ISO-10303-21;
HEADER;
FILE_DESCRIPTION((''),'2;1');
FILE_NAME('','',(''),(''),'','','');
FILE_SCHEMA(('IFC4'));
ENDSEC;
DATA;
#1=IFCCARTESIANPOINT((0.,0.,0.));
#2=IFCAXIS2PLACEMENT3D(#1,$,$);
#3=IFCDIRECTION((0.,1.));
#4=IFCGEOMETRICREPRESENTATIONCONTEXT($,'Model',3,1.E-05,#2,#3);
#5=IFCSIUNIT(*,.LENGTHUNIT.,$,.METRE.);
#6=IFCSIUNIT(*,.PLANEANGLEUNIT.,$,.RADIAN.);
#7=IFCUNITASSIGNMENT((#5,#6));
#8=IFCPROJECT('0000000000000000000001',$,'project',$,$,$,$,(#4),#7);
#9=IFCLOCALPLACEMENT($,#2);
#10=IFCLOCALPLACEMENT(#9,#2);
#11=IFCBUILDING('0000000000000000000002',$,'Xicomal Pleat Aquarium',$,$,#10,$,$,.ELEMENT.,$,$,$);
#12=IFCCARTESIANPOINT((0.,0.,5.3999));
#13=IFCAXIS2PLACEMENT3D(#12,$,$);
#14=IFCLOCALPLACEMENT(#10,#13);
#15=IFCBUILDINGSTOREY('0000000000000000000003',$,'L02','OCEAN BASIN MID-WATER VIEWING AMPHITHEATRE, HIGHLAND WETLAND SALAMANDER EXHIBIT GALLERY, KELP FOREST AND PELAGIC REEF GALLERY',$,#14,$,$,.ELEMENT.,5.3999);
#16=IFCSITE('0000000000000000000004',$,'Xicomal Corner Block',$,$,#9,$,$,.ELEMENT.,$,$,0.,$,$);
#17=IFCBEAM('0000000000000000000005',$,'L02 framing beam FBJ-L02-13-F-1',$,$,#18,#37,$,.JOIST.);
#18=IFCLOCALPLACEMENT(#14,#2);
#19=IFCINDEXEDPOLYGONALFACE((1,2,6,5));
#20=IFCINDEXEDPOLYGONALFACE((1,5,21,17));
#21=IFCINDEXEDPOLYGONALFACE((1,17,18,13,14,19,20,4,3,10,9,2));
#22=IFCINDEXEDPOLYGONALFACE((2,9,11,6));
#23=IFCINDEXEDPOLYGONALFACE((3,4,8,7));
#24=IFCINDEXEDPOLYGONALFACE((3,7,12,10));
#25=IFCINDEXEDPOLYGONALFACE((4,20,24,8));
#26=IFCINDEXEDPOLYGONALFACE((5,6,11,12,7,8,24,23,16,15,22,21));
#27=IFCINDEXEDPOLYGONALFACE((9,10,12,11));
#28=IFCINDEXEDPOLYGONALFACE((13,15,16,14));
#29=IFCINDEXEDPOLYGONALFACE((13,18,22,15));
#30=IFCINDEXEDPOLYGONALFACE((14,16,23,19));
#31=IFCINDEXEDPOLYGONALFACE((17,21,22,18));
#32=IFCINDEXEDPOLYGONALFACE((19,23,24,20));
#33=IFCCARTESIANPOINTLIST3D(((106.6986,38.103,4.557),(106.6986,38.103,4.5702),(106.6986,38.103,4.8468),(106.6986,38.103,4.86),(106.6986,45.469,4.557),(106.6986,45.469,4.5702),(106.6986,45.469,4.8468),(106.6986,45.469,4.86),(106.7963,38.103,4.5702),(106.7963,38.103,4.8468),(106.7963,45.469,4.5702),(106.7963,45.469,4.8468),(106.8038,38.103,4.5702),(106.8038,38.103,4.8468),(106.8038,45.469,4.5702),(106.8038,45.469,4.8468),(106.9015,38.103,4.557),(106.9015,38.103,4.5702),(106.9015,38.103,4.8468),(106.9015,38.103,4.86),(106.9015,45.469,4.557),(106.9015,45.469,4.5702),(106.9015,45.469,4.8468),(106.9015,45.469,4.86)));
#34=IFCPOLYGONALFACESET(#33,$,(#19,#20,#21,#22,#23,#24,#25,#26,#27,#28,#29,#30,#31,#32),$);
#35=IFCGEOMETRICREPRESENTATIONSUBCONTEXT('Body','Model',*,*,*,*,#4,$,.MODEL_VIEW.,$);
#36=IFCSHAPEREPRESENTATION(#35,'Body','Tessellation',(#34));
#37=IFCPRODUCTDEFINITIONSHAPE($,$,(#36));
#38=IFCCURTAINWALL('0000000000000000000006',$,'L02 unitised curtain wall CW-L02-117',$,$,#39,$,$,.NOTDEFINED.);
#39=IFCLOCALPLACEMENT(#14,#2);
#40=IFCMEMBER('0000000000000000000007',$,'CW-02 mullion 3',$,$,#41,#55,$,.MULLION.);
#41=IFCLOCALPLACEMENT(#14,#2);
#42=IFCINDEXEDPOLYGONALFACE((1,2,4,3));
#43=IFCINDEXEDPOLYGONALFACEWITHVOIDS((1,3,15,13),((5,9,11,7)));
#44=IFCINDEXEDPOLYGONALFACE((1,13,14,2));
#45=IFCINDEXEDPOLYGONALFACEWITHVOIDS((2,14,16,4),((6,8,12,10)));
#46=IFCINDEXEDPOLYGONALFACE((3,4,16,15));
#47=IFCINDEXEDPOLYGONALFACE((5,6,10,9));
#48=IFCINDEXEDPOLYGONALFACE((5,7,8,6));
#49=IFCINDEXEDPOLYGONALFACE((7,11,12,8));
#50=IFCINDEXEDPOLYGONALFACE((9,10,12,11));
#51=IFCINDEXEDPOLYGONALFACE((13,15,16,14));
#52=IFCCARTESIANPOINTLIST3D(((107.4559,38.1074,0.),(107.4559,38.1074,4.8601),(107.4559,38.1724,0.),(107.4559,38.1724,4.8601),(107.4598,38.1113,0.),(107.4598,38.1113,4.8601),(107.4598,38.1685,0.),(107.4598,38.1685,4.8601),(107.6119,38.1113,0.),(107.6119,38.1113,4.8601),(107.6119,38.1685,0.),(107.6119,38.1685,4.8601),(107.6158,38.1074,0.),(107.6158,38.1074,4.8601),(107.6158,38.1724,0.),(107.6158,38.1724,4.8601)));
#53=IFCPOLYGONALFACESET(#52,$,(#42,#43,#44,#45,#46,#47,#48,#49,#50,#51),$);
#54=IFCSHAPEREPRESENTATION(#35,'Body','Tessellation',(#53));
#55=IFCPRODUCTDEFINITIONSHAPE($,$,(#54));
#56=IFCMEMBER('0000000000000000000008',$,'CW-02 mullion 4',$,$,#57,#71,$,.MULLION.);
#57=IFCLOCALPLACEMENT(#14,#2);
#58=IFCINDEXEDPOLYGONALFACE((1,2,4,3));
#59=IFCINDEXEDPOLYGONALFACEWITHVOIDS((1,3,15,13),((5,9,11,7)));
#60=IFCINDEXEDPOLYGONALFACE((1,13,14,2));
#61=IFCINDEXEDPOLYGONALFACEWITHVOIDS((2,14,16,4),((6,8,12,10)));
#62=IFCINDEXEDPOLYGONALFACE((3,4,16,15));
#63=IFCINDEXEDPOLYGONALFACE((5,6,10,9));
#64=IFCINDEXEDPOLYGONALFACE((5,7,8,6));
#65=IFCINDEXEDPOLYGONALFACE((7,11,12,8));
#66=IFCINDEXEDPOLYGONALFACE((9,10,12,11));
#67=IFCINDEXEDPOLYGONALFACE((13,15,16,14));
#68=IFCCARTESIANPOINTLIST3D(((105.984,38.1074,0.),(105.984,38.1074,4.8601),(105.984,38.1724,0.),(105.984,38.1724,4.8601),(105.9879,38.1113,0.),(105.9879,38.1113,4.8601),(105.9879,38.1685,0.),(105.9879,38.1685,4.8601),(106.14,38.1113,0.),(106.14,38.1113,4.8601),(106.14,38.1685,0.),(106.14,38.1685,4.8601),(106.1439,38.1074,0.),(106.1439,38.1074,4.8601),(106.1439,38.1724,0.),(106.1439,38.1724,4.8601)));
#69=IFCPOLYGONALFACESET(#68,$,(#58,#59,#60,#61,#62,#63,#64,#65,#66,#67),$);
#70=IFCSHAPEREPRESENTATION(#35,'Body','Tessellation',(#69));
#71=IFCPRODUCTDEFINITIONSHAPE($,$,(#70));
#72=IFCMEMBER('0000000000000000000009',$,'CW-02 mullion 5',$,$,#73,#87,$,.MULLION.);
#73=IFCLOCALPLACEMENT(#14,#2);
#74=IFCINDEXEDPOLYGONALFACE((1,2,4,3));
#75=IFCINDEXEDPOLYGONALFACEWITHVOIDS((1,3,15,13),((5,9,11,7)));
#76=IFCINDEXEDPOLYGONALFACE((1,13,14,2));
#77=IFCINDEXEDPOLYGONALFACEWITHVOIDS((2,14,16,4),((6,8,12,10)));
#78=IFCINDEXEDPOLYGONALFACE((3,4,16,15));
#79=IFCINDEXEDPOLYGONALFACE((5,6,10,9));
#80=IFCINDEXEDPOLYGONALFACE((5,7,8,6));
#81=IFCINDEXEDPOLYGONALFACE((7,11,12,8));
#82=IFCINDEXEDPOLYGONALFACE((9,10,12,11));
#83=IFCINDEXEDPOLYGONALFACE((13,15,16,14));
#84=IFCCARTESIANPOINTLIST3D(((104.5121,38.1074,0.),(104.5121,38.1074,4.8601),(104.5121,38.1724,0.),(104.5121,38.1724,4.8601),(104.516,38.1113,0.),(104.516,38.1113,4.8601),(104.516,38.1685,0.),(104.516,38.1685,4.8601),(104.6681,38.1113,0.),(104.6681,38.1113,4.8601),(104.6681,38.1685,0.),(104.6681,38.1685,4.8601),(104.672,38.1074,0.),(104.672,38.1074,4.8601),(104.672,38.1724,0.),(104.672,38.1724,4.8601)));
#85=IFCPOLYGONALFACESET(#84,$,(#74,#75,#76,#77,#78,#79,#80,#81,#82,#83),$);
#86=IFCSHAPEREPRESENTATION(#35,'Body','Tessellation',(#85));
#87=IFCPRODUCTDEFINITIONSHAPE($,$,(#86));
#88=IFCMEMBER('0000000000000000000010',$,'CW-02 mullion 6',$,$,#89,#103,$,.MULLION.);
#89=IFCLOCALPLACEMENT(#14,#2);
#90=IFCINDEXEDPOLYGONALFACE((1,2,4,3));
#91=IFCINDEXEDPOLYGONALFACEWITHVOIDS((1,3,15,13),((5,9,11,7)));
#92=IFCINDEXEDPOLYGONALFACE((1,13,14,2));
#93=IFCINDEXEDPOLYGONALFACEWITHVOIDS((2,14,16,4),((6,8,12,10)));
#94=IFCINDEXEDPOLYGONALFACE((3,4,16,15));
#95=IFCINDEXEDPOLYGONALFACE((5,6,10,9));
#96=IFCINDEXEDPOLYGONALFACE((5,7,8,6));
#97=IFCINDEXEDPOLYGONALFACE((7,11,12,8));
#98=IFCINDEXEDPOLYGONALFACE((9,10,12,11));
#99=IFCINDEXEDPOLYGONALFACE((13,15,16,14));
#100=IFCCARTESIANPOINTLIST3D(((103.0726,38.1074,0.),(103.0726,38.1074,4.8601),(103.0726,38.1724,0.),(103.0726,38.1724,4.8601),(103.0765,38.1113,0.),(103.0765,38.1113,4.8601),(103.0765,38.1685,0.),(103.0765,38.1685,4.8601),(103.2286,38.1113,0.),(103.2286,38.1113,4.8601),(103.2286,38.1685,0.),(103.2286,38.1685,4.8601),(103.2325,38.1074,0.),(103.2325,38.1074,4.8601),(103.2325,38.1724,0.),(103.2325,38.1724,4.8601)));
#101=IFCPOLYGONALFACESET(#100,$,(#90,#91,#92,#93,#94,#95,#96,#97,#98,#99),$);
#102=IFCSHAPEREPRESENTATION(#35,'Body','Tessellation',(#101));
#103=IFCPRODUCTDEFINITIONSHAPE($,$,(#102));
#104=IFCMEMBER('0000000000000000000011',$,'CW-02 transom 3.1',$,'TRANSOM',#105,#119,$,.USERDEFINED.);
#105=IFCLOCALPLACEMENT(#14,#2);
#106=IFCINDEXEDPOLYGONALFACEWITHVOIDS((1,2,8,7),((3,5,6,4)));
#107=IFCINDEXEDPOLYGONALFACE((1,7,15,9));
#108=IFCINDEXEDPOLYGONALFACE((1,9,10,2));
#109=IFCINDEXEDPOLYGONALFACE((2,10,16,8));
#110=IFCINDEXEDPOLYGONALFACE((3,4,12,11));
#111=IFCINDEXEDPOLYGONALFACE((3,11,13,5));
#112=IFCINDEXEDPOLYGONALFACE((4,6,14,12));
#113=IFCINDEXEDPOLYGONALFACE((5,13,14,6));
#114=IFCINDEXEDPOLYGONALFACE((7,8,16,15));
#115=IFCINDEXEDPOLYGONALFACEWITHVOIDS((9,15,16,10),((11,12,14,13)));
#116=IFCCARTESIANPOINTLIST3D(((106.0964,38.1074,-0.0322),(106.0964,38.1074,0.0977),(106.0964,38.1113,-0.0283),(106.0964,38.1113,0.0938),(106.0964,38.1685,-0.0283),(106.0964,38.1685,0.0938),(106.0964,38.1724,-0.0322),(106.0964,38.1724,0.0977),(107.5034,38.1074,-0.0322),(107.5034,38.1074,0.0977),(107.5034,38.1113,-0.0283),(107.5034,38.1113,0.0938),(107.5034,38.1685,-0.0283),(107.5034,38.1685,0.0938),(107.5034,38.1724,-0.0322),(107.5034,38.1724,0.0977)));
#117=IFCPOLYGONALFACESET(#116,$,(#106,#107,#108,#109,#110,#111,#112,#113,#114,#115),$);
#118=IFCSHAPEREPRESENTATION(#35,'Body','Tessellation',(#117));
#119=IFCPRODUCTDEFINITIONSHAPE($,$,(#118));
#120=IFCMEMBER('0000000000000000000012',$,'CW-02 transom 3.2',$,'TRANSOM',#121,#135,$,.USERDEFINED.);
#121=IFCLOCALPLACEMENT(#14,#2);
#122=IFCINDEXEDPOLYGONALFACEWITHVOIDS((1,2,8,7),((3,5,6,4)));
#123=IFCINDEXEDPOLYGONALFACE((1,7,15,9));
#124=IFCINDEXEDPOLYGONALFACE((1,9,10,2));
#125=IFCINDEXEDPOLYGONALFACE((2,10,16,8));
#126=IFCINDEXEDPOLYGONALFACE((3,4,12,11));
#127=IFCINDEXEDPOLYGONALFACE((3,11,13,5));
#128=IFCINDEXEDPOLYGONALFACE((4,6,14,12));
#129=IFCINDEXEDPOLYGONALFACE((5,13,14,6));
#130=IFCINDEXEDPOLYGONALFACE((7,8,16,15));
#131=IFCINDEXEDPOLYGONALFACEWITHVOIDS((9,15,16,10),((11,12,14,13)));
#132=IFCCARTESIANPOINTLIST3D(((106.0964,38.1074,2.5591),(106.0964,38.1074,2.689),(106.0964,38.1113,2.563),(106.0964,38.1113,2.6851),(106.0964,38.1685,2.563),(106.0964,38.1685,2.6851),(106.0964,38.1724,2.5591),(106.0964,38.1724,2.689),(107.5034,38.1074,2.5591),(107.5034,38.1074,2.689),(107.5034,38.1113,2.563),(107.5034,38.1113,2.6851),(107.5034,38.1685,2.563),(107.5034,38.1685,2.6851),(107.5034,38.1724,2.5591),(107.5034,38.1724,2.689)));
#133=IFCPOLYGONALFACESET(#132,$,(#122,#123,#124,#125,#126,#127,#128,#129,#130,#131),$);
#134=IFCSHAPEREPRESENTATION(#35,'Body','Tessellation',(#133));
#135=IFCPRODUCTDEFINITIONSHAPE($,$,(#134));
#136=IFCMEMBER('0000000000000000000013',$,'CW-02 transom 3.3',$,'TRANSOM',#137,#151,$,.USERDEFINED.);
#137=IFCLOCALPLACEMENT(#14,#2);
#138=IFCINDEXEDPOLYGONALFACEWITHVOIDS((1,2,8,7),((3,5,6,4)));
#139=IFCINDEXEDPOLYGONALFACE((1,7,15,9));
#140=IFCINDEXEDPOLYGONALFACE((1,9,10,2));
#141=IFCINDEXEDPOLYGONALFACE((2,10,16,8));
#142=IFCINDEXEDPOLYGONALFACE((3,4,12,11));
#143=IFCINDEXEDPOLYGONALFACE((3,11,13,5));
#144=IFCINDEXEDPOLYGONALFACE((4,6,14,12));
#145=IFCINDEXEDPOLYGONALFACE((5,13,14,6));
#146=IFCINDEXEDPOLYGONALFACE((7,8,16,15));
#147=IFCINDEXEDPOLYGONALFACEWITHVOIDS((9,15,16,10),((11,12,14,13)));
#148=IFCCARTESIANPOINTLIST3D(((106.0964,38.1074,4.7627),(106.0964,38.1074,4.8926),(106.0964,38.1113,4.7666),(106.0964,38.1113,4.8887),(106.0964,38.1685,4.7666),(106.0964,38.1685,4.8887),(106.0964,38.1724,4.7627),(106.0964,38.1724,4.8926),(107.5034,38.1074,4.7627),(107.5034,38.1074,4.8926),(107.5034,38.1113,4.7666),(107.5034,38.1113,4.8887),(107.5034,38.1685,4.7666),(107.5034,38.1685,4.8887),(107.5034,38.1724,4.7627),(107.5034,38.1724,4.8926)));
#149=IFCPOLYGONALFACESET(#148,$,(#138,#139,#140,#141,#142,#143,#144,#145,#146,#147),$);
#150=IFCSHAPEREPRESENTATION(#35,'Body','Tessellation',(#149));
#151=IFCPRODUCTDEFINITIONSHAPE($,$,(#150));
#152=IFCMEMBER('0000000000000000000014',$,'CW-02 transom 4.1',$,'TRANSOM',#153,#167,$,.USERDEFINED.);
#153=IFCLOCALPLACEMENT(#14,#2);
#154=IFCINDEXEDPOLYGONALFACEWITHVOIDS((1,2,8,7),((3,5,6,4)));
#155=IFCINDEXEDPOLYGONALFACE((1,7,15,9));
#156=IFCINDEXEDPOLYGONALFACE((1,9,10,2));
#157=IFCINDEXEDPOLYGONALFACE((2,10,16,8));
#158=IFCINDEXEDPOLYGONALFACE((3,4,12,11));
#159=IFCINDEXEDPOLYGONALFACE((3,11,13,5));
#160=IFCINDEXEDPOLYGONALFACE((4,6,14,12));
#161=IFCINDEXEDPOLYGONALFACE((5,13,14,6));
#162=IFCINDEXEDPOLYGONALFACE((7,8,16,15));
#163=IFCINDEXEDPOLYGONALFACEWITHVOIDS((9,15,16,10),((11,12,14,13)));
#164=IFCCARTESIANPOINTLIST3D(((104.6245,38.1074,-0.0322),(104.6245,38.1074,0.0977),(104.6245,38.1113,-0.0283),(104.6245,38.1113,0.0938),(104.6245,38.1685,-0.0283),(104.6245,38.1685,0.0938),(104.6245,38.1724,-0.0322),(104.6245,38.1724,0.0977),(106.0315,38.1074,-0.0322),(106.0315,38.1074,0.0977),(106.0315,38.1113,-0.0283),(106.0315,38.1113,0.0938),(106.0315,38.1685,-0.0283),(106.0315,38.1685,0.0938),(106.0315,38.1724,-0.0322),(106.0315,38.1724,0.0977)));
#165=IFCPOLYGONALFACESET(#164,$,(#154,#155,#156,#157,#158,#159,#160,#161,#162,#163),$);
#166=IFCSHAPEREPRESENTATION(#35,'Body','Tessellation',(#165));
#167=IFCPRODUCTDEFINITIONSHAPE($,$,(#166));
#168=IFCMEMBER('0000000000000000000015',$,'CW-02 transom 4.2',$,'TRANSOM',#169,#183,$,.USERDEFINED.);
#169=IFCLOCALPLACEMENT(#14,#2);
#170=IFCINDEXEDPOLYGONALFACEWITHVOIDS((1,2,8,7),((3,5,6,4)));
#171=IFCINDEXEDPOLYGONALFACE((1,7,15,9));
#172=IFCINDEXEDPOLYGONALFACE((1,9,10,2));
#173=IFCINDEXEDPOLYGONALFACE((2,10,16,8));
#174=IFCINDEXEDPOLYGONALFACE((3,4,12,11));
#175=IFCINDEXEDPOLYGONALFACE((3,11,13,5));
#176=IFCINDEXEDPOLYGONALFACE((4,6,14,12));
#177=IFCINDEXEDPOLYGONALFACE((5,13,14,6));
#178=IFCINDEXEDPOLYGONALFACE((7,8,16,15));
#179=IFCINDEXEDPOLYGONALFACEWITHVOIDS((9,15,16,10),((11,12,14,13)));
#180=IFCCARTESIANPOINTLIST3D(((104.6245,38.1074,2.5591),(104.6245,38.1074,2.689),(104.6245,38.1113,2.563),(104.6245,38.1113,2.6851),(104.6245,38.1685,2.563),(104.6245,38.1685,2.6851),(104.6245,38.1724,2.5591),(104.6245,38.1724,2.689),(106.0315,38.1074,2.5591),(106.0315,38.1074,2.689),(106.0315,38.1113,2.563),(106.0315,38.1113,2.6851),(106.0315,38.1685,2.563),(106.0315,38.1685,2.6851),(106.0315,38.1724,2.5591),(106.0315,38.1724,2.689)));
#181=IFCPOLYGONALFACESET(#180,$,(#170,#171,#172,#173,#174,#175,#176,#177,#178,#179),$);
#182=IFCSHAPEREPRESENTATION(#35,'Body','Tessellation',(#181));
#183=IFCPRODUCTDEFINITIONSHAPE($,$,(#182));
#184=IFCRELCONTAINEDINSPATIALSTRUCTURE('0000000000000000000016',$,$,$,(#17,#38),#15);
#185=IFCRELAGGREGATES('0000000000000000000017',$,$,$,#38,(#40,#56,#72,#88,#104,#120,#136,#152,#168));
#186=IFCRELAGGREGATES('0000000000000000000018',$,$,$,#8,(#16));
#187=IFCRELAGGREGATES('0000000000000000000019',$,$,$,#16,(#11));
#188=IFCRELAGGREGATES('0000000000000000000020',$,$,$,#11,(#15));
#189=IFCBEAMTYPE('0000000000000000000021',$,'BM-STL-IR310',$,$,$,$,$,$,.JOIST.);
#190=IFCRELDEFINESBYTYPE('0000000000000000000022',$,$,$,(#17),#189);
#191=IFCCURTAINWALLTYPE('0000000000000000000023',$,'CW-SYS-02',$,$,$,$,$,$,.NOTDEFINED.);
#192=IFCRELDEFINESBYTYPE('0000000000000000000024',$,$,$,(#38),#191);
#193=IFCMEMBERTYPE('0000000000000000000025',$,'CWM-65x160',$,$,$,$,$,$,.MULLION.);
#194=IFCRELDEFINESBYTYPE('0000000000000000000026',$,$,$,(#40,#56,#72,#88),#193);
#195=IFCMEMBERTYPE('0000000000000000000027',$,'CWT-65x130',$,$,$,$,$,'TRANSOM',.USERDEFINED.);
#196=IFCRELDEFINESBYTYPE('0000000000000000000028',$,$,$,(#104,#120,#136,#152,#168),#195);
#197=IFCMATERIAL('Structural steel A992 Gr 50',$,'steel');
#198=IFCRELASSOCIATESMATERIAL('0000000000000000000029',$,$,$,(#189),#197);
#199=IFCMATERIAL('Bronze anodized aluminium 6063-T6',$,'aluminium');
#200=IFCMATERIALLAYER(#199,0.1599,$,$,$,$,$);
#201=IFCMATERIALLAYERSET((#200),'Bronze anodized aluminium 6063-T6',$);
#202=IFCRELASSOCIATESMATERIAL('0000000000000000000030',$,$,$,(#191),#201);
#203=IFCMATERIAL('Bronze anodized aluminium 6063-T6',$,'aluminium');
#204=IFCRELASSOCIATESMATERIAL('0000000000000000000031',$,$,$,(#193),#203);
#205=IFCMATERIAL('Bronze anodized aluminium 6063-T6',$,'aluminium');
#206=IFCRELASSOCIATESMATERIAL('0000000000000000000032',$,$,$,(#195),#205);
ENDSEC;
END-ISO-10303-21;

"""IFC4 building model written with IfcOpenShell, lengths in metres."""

from ifc_helpers import new_model, si_unit, direction, frame, origin, origin_2d, place, context, subcontext, project, spatial, hollow_rectangle, i_section, extrude, material, layer, layer_set, material_profile, profile_set, type_object, element, aggregate, save


model = new_model("IFC4")

# Units and contexts
model_context = context("Model", 3, precision=1e-05, world=origin(), true_north=direction((0.0, 1.0)))
body_context = subcontext(model_context, "Body", "Model", "MODEL_VIEW")
ifc_project = project(units=[si_unit("LENGTHUNIT", "METRE"), si_unit("PLANEANGLEUNIT", "RADIAN")], contexts=[model_context])

# Site, building, storey
site_placement = place(None, origin())
site = spatial("IfcSite", under=ifc_project, at=site_placement, Name="Xicomal Corner Block", CompositionType="ELEMENT", RefElevation=0.0)
building_placement = place(site_placement, origin())
building = spatial("IfcBuilding", under=site, at=building_placement, Name="Xicomal Pleat Aquarium", CompositionType="ELEMENT")
storey_placement = place(building_placement, frame((0.0, 0.0, 5.3999)))
storey = spatial("IfcBuildingStorey", under=building, at=storey_placement, Name="L02", Description="OCEAN BASIN MID-WATER VIEWING AMPHITHEATRE, HIGHLAND WETLAND SALAMANDER EXHIBIT GALLERY, KELP FOREST AND PELAGIC REEF GALLERY", CompositionType="ELEMENT", Elevation=5.3999)

# Beam
ifc_material_1 = material(Name="Structural steel A992 Gr 50", Category="steel")
ifc_material_profile_1 = material_profile(ifc_material_1, i_section(OverallWidth=0.2029, OverallDepth=0.303, WebThickness=0.0076, FlangeThickness=0.0132, at=origin_2d()), Name="IR 310x60")
ifc_profile_set_1 = profile_set([ifc_material_profile_1], Name="Structural steel A992 Gr 50")
beam_type = type_object("IfcBeamType", Name="BM-STL-IR310", PredefinedType="JOIST", material=ifc_profile_set_1)
beam_placement = place(storey_placement, frame((106.8, 38.103, 4.7085), z_axis=(0.0, 1.0, 0.0), x_axis=(-1.0, 0.0, 0.0)))
element("IfcBeam", 1, at=beam_placement, inside=storey, type_object=beam_type, Name="L02 framing beam FBJ-L02-13-F-1", PredefinedType="JOIST", context=body_context, shape_type="SweptSolid", body=[
    extrude(i_section(OverallWidth=0.2029, OverallDepth=0.303, WebThickness=0.0076, FlangeThickness=0.0132, at=origin_2d()), origin(), (0.0, 0.0, 1.0), 7.366),
])

# Curtain wall, members
ifc_material_2 = material(Name="Bronze anodized aluminium 6063-T6", Category="aluminium")
ifc_layer_1 = layer(ifc_material_2, 0.1599)
ifc_layer_set_1 = layer_set([ifc_layer_1], Name="Bronze anodized aluminium 6063-T6")
curtain_wall_type = type_object("IfcCurtainWallType", Name="CW-SYS-02", PredefinedType="NOTDEFINED", material=ifc_layer_set_1)
curtain_wall_placement = place(storey_placement, origin())
curtain_wall = element("IfcCurtainWall", 2, at=curtain_wall_placement, inside=storey, type_object=curtain_wall_type, Name="L02 unitised curtain wall CW-L02-117", PredefinedType="NOTDEFINED")
ifc_material_3 = material(Name="Bronze anodized aluminium 6063-T6", Category="aluminium")
ifc_material_profile_2 = material_profile(ifc_material_3, hollow_rectangle(XDim=0.0649, YDim=0.1599, WallThickness=0.0039, at=origin_2d()), Name="ALU MULL 65x160")
ifc_profile_set_2 = profile_set([ifc_material_profile_2], Name="Bronze anodized aluminium 6063-T6")
member_type_1 = type_object("IfcMemberType", Name="CWM-65x160", PredefinedType="MULLION", material=ifc_profile_set_2)
member_1_placement = place(storey_placement, frame((107.5359, 38.1399, 0.0), z_axis=(0.0, 0.0, 1.0), x_axis=(0.0, -1.0, 0.0)))
member_1 = element("IfcMember", 3, at=member_1_placement, type_object=member_type_1, Name="CW-02 mullion 3", PredefinedType="MULLION", context=body_context, shape_type="SweptSolid", body=[
    extrude(hollow_rectangle(XDim=0.0649, YDim=0.1599, WallThickness=0.0039, at=origin_2d()), origin(), (0.0, 0.0, 1.0), 4.8601),
])
member_2_placement = place(storey_placement, frame((106.064, 38.1399, 0.0), z_axis=(0.0, 0.0, 1.0), x_axis=(0.0, -1.0, 0.0)))
member_2 = element("IfcMember", 4, at=member_2_placement, type_object=member_type_1, Name="CW-02 mullion 4", PredefinedType="MULLION", context=body_context, shape_type="SweptSolid", body=[
    extrude(hollow_rectangle(XDim=0.0649, YDim=0.1599, WallThickness=0.0039, at=origin_2d()), origin(), (0.0, 0.0, 1.0), 4.8601),
])
member_3_placement = place(storey_placement, frame((104.592, 38.1399, 0.0), z_axis=(0.0, 0.0, 1.0), x_axis=(0.0, -1.0, 0.0)))
member_3 = element("IfcMember", 5, at=member_3_placement, type_object=member_type_1, Name="CW-02 mullion 5", PredefinedType="MULLION", context=body_context, shape_type="SweptSolid", body=[
    extrude(hollow_rectangle(XDim=0.0649, YDim=0.1599, WallThickness=0.0039, at=origin_2d()), origin(), (0.0, 0.0, 1.0), 4.8601),
])
member_4_placement = place(storey_placement, frame((103.1526, 38.1399, 0.0), z_axis=(0.0, 0.0, 1.0), x_axis=(0.0, -1.0, 0.0)))
member_4 = element("IfcMember", 6, at=member_4_placement, type_object=member_type_1, Name="CW-02 mullion 6", PredefinedType="MULLION", context=body_context, shape_type="SweptSolid", body=[
    extrude(hollow_rectangle(XDim=0.0649, YDim=0.1599, WallThickness=0.0039, at=origin_2d()), origin(), (0.0, 0.0, 1.0), 4.8601),
])
ifc_material_4 = material(Name="Bronze anodized aluminium 6063-T6", Category="aluminium")
ifc_material_profile_3 = material_profile(ifc_material_4, hollow_rectangle(XDim=0.0649, YDim=0.1299, WallThickness=0.0039, at=origin_2d()), Name="ALU TRAN 65x130")
ifc_profile_set_3 = profile_set([ifc_material_profile_3], Name="Bronze anodized aluminium 6063-T6")
member_type_2 = type_object("IfcMemberType", Name="CWT-65x130", ElementType="TRANSOM", PredefinedType="USERDEFINED", material=ifc_profile_set_3)
member_5_placement = place(storey_placement, frame((107.5034, 38.1399, 0.0327), z_axis=(-1.0, 0.0, 0.0), x_axis=(0.0, -1.0, 0.0)))
member_5 = element("IfcMember", 7, at=member_5_placement, type_object=member_type_2, Name="CW-02 transom 3.1", ObjectType="TRANSOM", PredefinedType="USERDEFINED", context=body_context, shape_type="SweptSolid", body=[
    extrude(hollow_rectangle(XDim=0.0649, YDim=0.1299, WallThickness=0.0039, at=origin_2d()), origin(), (0.0, 0.0, 1.0), 1.407),
])
member_6_placement = place(storey_placement, frame((107.5034, 38.1399, 2.624), z_axis=(-1.0, 0.0, 0.0), x_axis=(0.0, -1.0, 0.0)))
member_6 = element("IfcMember", 8, at=member_6_placement, type_object=member_type_2, Name="CW-02 transom 3.2", ObjectType="TRANSOM", PredefinedType="USERDEFINED", context=body_context, shape_type="SweptSolid", body=[
    extrude(hollow_rectangle(XDim=0.0649, YDim=0.1299, WallThickness=0.0039, at=origin_2d()), origin(), (0.0, 0.0, 1.0), 1.407),
])
member_7_placement = place(storey_placement, frame((107.5034, 38.1399, 4.8276), z_axis=(-1.0, 0.0, 0.0), x_axis=(0.0, -1.0, 0.0)))
member_7 = element("IfcMember", 9, at=member_7_placement, type_object=member_type_2, Name="CW-02 transom 3.3", ObjectType="TRANSOM", PredefinedType="USERDEFINED", context=body_context, shape_type="SweptSolid", body=[
    extrude(hollow_rectangle(XDim=0.0649, YDim=0.1299, WallThickness=0.0039, at=origin_2d()), origin(), (0.0, 0.0, 1.0), 1.407),
])
member_8_placement = place(storey_placement, frame((106.0315, 38.1399, 0.0327), z_axis=(-1.0, 0.0, 0.0), x_axis=(0.0, -1.0, 0.0)))
member_8 = element("IfcMember", 10, at=member_8_placement, type_object=member_type_2, Name="CW-02 transom 4.1", ObjectType="TRANSOM", PredefinedType="USERDEFINED", context=body_context, shape_type="SweptSolid", body=[
    extrude(hollow_rectangle(XDim=0.0649, YDim=0.1299, WallThickness=0.0039, at=origin_2d()), origin(), (0.0, 0.0, 1.0), 1.407),
])
member_9_placement = place(storey_placement, frame((106.0315, 38.1399, 2.624), z_axis=(-1.0, 0.0, 0.0), x_axis=(0.0, -1.0, 0.0)))
member_9 = element("IfcMember", 11, at=member_9_placement, type_object=member_type_2, Name="CW-02 transom 4.2", ObjectType="TRANSOM", PredefinedType="USERDEFINED", context=body_context, shape_type="SweptSolid", body=[
    extrude(hollow_rectangle(XDim=0.0649, YDim=0.1299, WallThickness=0.0039, at=origin_2d()), origin(), (0.0, 0.0, 1.0), 1.407),
])
aggregate(curtain_wall, [member_1, member_2, member_3, member_4, member_5, member_6, member_7, member_8, member_9])

save(model, "model.ifc")
